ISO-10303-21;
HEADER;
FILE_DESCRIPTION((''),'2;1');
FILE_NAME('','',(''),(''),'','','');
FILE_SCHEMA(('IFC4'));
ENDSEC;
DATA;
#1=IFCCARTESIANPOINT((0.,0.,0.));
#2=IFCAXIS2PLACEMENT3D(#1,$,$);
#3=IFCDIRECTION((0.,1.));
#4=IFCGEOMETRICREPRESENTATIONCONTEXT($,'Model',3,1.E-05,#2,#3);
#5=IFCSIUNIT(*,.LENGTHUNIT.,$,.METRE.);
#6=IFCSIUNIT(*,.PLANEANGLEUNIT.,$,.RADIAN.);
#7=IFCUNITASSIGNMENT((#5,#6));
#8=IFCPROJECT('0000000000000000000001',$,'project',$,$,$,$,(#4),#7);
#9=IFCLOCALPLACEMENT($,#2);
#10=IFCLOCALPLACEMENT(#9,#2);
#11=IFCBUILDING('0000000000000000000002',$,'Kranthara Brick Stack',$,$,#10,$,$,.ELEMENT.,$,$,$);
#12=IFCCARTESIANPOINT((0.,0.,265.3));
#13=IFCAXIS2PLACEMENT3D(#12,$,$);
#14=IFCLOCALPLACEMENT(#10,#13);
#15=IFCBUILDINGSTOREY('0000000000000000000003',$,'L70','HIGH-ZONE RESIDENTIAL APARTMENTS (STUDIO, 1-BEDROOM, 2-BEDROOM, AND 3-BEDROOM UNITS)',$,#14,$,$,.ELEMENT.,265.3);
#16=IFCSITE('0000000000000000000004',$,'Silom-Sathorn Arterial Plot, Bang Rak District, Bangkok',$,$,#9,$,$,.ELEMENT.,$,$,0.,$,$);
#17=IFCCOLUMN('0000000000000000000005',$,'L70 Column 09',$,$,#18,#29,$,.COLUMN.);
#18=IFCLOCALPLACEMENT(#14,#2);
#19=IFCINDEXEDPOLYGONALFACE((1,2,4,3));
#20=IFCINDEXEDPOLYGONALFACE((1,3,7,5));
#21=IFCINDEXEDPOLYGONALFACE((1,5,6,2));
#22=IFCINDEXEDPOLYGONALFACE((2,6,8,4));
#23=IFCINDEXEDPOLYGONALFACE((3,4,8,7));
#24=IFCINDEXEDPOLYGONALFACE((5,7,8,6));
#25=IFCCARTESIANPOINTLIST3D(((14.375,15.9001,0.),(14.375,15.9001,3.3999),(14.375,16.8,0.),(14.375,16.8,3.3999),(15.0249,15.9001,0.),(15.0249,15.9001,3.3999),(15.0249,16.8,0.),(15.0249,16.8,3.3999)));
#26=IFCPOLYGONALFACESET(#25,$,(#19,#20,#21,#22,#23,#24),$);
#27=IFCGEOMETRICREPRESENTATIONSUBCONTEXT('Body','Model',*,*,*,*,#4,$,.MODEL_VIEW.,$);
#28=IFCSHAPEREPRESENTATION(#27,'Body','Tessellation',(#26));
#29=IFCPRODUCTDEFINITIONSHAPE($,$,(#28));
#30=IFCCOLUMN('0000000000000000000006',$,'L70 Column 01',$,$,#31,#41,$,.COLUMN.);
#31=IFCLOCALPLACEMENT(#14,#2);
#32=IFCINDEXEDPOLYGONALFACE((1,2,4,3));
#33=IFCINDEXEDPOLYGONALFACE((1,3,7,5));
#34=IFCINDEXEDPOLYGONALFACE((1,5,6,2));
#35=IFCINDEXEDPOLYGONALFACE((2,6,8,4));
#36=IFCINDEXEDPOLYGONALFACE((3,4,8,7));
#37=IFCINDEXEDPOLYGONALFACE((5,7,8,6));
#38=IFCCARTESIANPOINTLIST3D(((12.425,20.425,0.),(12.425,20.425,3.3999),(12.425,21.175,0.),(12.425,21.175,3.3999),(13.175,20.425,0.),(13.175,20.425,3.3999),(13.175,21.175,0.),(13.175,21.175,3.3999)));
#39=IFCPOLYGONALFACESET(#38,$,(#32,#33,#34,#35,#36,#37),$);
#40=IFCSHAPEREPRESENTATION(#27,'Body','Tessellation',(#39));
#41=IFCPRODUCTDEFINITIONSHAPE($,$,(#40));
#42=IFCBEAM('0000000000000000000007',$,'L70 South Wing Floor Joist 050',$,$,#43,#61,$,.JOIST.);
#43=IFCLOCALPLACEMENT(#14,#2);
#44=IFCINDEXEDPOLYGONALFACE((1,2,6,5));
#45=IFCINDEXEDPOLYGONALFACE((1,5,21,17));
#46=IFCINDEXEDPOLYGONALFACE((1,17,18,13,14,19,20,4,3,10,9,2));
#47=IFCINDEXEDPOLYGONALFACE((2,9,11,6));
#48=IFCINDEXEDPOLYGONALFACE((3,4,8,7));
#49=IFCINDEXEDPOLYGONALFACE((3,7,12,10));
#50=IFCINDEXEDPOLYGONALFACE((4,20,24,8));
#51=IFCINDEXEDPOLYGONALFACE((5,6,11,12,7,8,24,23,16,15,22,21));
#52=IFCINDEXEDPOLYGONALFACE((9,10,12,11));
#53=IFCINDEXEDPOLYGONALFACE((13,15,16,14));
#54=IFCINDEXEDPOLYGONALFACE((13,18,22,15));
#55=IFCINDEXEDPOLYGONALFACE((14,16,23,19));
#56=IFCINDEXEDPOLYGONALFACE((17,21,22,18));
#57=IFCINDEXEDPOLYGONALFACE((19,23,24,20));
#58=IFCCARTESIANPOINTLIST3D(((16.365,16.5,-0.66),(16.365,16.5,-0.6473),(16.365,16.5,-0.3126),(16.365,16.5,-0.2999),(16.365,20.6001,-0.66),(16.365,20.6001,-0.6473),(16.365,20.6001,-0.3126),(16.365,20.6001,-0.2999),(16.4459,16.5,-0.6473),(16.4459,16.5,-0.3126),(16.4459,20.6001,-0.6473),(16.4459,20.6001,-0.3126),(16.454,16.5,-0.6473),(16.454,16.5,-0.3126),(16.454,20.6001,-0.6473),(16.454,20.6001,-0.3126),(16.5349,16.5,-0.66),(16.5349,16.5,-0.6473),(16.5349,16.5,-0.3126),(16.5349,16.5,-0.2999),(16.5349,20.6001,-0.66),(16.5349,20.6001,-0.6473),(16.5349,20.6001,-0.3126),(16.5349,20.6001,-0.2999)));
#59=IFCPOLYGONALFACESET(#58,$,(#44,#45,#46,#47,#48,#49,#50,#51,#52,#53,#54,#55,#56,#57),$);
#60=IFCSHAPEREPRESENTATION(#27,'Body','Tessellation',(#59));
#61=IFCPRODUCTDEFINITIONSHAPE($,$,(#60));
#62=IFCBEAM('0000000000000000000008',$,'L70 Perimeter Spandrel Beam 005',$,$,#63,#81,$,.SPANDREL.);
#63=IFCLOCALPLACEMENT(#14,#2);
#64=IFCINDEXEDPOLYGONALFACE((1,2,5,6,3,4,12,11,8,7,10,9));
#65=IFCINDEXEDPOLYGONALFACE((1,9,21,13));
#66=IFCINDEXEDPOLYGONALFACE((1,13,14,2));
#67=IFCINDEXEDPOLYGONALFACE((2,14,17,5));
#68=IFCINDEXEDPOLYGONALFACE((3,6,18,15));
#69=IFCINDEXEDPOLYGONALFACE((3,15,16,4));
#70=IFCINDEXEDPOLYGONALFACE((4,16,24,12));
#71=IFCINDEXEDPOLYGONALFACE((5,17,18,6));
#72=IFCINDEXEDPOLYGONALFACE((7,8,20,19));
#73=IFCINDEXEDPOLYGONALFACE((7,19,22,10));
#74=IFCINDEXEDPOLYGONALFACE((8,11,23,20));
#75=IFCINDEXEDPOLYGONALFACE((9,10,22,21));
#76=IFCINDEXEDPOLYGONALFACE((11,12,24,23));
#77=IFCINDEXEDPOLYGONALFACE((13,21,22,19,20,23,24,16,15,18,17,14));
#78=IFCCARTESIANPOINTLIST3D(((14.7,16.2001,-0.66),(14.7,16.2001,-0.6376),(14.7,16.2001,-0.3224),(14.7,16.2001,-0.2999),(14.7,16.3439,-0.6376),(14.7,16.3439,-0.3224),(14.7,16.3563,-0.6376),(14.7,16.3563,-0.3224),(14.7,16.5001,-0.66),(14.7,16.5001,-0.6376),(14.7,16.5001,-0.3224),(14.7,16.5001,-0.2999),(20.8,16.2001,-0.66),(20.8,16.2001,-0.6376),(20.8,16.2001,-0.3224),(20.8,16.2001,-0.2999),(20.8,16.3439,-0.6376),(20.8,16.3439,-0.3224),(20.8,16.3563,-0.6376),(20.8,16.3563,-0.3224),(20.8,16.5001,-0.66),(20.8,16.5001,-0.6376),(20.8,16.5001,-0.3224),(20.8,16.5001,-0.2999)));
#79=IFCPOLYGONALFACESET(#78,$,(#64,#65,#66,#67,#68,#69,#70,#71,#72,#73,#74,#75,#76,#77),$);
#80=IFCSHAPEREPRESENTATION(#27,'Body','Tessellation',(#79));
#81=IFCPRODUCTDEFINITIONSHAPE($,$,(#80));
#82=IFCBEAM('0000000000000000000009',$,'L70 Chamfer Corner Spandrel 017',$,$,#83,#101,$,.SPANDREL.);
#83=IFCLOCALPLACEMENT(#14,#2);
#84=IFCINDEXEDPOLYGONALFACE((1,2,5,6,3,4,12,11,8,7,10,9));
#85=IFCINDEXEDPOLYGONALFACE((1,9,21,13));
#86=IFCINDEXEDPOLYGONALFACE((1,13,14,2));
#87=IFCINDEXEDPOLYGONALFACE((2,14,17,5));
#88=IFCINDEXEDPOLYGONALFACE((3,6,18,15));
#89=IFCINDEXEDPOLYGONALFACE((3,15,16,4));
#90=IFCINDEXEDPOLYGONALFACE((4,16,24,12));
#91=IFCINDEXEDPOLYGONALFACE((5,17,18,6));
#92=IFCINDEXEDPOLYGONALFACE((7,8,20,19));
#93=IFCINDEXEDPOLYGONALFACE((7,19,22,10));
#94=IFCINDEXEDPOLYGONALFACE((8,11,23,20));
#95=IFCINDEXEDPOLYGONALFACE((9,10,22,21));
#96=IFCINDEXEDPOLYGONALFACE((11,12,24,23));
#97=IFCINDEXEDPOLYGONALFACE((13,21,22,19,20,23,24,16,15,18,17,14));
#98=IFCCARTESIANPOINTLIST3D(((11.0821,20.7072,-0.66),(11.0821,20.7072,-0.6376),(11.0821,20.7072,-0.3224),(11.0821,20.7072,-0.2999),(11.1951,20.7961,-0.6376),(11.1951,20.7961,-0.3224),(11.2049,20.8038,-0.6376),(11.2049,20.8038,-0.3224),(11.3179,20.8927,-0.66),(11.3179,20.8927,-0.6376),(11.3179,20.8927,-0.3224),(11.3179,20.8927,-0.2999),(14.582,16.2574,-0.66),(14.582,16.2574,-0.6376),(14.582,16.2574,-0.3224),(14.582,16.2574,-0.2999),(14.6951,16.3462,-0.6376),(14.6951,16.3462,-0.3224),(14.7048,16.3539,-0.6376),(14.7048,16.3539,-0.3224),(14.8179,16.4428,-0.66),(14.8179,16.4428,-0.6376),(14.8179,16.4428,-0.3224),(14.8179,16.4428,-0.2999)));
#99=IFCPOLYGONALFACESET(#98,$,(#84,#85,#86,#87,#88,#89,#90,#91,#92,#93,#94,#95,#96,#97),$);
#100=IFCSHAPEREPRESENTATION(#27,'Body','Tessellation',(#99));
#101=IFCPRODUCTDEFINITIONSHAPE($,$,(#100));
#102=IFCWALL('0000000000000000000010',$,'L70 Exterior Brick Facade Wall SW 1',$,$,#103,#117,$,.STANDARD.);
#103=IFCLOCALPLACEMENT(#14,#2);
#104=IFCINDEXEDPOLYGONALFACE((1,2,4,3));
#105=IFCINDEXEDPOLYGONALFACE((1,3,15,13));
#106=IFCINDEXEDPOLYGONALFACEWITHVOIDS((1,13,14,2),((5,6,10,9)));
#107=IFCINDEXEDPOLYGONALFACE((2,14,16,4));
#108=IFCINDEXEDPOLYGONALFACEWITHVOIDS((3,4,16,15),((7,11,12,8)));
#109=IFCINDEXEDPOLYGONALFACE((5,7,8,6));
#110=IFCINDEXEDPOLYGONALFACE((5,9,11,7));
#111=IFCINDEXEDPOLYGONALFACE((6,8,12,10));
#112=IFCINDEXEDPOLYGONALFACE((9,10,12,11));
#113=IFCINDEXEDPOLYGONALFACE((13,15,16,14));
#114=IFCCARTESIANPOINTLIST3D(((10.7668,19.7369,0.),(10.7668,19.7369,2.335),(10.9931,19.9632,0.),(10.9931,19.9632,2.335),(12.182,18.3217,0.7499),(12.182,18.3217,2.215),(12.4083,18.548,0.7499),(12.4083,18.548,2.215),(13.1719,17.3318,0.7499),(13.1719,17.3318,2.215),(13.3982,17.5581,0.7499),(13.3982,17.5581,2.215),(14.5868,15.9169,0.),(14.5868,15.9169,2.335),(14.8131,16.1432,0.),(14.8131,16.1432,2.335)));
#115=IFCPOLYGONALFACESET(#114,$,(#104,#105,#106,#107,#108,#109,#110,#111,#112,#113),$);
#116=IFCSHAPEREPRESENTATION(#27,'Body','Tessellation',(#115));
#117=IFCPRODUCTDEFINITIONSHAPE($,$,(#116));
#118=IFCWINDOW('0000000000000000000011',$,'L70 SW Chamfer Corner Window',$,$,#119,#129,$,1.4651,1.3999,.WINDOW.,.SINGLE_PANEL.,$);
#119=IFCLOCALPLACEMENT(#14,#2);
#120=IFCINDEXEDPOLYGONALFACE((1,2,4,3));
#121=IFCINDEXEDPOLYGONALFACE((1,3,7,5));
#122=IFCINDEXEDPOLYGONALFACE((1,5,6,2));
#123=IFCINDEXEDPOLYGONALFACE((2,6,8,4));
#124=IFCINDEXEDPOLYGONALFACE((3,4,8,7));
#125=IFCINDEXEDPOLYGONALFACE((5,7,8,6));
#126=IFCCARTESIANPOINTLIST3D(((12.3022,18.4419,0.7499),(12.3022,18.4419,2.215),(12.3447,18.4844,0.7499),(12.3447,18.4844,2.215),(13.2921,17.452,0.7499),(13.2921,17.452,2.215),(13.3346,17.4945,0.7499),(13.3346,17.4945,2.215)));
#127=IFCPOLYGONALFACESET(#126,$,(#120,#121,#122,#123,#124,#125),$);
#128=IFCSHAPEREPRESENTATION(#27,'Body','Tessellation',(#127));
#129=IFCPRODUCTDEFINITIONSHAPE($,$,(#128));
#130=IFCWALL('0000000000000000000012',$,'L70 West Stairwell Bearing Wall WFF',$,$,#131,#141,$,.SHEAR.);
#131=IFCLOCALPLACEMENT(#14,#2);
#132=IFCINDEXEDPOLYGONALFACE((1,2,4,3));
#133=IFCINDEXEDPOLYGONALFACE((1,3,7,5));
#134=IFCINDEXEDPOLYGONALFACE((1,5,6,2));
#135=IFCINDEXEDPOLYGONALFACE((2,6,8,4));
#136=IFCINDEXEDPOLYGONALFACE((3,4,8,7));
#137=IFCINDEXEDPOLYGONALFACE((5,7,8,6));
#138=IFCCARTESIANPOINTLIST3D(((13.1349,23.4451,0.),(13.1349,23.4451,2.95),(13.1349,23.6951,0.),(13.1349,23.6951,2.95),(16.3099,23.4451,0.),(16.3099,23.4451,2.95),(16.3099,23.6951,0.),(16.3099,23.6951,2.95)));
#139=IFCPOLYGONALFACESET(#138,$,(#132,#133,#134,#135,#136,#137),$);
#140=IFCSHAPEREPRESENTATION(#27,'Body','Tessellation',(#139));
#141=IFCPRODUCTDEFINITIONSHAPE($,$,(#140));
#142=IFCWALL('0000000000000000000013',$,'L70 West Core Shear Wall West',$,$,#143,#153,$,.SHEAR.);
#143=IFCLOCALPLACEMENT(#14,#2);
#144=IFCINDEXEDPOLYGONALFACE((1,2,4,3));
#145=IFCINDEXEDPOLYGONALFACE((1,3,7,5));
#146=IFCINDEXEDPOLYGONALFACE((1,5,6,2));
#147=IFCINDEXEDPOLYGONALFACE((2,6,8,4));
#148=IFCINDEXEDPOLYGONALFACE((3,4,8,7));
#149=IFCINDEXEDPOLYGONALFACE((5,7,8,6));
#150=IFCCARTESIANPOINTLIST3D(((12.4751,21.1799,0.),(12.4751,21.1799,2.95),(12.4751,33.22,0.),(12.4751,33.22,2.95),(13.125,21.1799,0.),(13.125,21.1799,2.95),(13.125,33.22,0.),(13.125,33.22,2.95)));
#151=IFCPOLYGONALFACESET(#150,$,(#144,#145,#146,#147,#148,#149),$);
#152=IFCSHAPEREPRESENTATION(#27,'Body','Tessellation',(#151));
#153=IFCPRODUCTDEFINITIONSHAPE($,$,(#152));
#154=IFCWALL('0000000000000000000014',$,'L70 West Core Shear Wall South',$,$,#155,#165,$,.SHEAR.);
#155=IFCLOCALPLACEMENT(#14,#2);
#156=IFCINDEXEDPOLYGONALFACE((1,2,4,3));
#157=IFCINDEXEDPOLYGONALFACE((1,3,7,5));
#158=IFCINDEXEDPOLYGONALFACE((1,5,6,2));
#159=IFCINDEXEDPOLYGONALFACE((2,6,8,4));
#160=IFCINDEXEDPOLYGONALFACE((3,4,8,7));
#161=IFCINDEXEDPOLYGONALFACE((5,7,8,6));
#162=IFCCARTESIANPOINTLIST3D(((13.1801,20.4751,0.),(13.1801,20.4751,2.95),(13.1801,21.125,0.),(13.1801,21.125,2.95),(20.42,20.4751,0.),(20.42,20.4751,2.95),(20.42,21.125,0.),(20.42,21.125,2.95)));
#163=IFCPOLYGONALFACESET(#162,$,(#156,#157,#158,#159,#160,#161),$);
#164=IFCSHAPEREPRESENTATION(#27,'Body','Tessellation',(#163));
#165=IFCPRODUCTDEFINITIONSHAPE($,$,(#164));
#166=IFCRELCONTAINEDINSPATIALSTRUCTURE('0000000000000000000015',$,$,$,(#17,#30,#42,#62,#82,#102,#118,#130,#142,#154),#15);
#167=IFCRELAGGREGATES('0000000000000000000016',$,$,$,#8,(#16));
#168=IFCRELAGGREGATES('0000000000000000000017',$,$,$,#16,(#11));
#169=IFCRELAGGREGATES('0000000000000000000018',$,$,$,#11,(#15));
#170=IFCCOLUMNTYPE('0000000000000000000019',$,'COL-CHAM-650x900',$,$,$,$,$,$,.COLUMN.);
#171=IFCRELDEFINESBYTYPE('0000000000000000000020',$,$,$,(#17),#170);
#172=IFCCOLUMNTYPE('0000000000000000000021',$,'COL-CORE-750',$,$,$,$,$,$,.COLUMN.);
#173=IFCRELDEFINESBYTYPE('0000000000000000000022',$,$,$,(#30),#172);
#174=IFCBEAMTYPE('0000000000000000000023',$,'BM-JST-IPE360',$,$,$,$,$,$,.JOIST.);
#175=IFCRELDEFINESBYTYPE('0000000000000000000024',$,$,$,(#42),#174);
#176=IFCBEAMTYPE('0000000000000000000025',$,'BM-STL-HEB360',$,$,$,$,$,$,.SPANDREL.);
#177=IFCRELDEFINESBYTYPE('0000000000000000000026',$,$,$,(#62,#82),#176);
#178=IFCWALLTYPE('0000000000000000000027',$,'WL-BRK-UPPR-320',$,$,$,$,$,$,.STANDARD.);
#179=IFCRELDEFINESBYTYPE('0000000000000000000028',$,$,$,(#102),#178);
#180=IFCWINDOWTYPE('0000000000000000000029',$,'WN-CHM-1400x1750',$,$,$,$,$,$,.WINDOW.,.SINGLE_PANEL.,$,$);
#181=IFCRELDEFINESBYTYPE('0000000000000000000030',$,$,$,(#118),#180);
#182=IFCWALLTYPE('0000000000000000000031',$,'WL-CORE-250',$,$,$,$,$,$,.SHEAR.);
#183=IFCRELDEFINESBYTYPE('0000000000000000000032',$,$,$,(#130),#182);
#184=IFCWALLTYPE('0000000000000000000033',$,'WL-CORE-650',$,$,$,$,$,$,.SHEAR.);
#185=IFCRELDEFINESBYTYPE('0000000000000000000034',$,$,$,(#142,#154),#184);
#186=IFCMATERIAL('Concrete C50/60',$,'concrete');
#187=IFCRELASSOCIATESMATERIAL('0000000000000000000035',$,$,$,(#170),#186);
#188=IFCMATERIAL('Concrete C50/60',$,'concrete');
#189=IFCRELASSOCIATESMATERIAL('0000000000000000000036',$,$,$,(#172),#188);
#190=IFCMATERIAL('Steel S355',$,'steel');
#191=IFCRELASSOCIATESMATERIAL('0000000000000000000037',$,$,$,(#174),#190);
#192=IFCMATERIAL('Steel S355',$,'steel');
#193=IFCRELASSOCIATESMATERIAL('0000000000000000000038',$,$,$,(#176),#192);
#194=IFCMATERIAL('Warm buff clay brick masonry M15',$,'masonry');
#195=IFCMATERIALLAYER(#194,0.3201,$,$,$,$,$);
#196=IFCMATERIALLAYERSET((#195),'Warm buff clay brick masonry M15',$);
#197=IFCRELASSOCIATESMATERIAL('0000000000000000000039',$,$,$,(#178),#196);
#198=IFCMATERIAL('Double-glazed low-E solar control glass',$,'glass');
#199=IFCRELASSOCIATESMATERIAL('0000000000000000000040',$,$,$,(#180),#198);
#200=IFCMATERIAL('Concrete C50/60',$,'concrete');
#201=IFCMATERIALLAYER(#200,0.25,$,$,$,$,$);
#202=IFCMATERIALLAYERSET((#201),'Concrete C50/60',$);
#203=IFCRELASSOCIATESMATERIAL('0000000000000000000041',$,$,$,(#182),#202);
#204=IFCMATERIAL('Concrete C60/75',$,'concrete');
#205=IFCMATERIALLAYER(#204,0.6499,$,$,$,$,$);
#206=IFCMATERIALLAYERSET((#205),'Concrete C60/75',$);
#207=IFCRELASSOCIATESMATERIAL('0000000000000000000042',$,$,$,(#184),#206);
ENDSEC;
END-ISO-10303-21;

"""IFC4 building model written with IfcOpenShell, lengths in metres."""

from ifc_helpers import new_model, si_unit, direction, frame, frame_2d, origin, origin_2d, place, context, subcontext, project, spatial, rectangle, i_section, extrude, material, layer, layer_set, material_profile, profile_set, type_object, element, fill, save


model = new_model("IFC4")

# Units and contexts
model_context = context("Model", 3, precision=1e-05, world=origin(), true_north=direction((0.0, 1.0)))
body_context = subcontext(model_context, "Body", "Model", "MODEL_VIEW")
ifc_project = project(units=[si_unit("LENGTHUNIT", "METRE"), si_unit("PLANEANGLEUNIT", "RADIAN")], contexts=[model_context])

# Site, building, storey
site_placement = place(None, origin())
site = spatial("IfcSite", under=ifc_project, at=site_placement, Name="Silom-Sathorn Arterial Plot, Bang Rak District, Bangkok", CompositionType="ELEMENT", RefElevation=0.0)
building_placement = place(site_placement, origin())
building = spatial("IfcBuilding", under=site, at=building_placement, Name="Kranthara Brick Stack", CompositionType="ELEMENT")
storey_placement = place(building_placement, frame((0.0, 0.0, 265.3)))
storey = spatial("IfcBuildingStorey", under=building, at=storey_placement, Name="L70", Description="HIGH-ZONE RESIDENTIAL APARTMENTS (STUDIO, 1-BEDROOM, 2-BEDROOM, AND 3-BEDROOM UNITS)", CompositionType="ELEMENT", Elevation=265.3)

# Columns
ifc_material_1 = material(Name="Concrete C50/60", Category="concrete")
ifc_material_profile_1 = material_profile(ifc_material_1, rectangle(XDim=0.6499, YDim=0.8999, at=origin_2d()), Name="RC 650x900")
ifc_profile_set_1 = profile_set([ifc_material_profile_1], Name="Concrete C50/60")
column_type_1 = type_object("IfcColumnType", Name="COL-CHAM-650x900", PredefinedType="COLUMN", material=ifc_profile_set_1)
column_1_placement = place(storey_placement, frame((14.7, 16.3501, 0.0), z_axis=(0.0, 0.0, 1.0), x_axis=(1.0, 0.0, 0.0)))
element("IfcColumn", 1, at=column_1_placement, inside=storey, type_object=column_type_1, Name="L70 Column 09", PredefinedType="COLUMN", context=body_context, shape_type="SweptSolid", body=[
    extrude(rectangle(XDim=0.6499, YDim=0.8999, at=origin_2d()), origin(), (0.0, 0.0, 1.0), 3.3999),
])
ifc_material_2 = material(Name="Concrete C50/60", Category="concrete")
ifc_material_profile_2 = material_profile(ifc_material_2, rectangle(XDim=0.75, YDim=0.75, at=origin_2d()), Name="RC 750x750")
ifc_profile_set_2 = profile_set([ifc_material_profile_2], Name="Concrete C50/60")
column_type_2 = type_object("IfcColumnType", Name="COL-CORE-750", PredefinedType="COLUMN", material=ifc_profile_set_2)
column_2_placement = place(storey_placement, frame((12.8, 20.8, 0.0), z_axis=(0.0, 0.0, 1.0), x_axis=(1.0, 0.0, 0.0)))
element("IfcColumn", 2, at=column_2_placement, inside=storey, type_object=column_type_2, Name="L70 Column 01", PredefinedType="COLUMN", context=body_context, shape_type="SweptSolid", body=[
    extrude(rectangle(XDim=0.75, YDim=0.75, at=origin_2d()), origin(), (0.0, 0.0, 1.0), 3.3999),
])

# Beams
ifc_material_3 = material(Name="Steel S355", Category="steel")
ifc_material_profile_3 = material_profile(ifc_material_3, i_section(OverallWidth=0.1699, OverallDepth=0.3601, WebThickness=0.0081, FlangeThickness=0.0127, at=origin_2d()), Name="IPE 360")
ifc_profile_set_3 = profile_set([ifc_material_profile_3], Name="Steel S355")
beam_type_1 = type_object("IfcBeamType", Name="BM-JST-IPE360", PredefinedType="JOIST", material=ifc_profile_set_3)
beam_1_placement = place(storey_placement, frame((16.45, 16.5, -0.48), z_axis=(0.0, 1.0, 0.0), x_axis=(-1.0, 0.0, 0.0)))
element("IfcBeam", 3, at=beam_1_placement, inside=storey, type_object=beam_type_1, Name="L70 South Wing Floor Joist 050", PredefinedType="JOIST", context=body_context, shape_type="SweptSolid", body=[
    extrude(i_section(OverallWidth=0.1699, OverallDepth=0.3601, WebThickness=0.0081, FlangeThickness=0.0127, at=origin_2d()), origin(), (0.0, 0.0, 1.0), 4.1001),
])
ifc_material_4 = material(Name="Steel S355", Category="steel")
ifc_material_profile_4 = material_profile(ifc_material_4, i_section(OverallWidth=0.3, OverallDepth=0.3601, WebThickness=0.0125, FlangeThickness=0.0225, at=origin_2d()), Name="HEB 360")
ifc_profile_set_4 = profile_set([ifc_material_profile_4], Name="Steel S355")
beam_type_2 = type_object("IfcBeamType", Name="BM-STL-HEB360", PredefinedType="SPANDREL", material=ifc_profile_set_4)
beam_2_placement = place(storey_placement, frame((14.7, 16.3501, -0.48), z_axis=(1.0, 0.0, 0.0), x_axis=(0.0, 1.0, 0.0)))
element("IfcBeam", 4, at=beam_2_placement, inside=storey, type_object=beam_type_2, Name="L70 Perimeter Spandrel Beam 005", PredefinedType="SPANDREL", context=body_context, shape_type="SweptSolid", body=[
    extrude(i_section(OverallWidth=0.3, OverallDepth=0.3601, WebThickness=0.0125, FlangeThickness=0.0225, at=origin_2d()), origin(), (0.0, 0.0, 1.0), 6.1001),
])
beam_3_placement = place(storey_placement, frame((14.7, 16.3501, -0.48), z_axis=(-0.618216, 0.786008, 0.0), x_axis=(-0.786008, -0.618216, 0.0)))
element("IfcBeam", 5, at=beam_3_placement, inside=storey, type_object=beam_type_2, Name="L70 Chamfer Corner Spandrel 017", PredefinedType="SPANDREL", context=body_context, shape_type="SweptSolid", body=[
    extrude(i_section(OverallWidth=0.3, OverallDepth=0.3601, WebThickness=0.0125, FlangeThickness=0.0225, at=origin_2d()), origin(), (0.0, 0.0, 1.0), 5.6614),
])

# Wall, opening, window
ifc_material_5 = material(Name="Warm buff clay brick masonry M15", Category="masonry")
ifc_layer_1 = layer(ifc_material_5, 0.3201)
ifc_layer_set_1 = layer_set([ifc_layer_1], Name="Warm buff clay brick masonry M15")
wall_type_1 = type_object("IfcWallType", Name="WL-BRK-UPPR-320", PredefinedType="STANDARD", material=ifc_layer_set_1)
wall_1_placement = place(storey_placement, frame((14.7, 16.03, 0.0), z_axis=(0.0, 0.0, 1.0), x_axis=(-0.707107, 0.707107, 0.0)))
wall_1 = element("IfcWall", 6, at=wall_1_placement, inside=storey, type_object=wall_type_1, Name="L70 Exterior Brick Facade Wall SW 1", PredefinedType="STANDARD", context=body_context, shape_type="SweptSolid", body=[
    extrude(rectangle(XDim=5.4023, YDim=0.3201, at=frame_2d((2.7012, 0.0))), origin(), (0.0, 0.0, 1.0), 2.335),
])
opening_1_placement = place(wall_1_placement, frame((2.001, 0.0, 0.75)))
opening_1 = element("IfcOpeningElement", 7, at=opening_1_placement, cuts=wall_1, PredefinedType="OPENING", context=body_context, shape_type="SweptSolid", body=[
    extrude(rectangle(XDim=1.3999, YDim=1.4651, at=frame_2d((0.7, 0.7324))), frame((0.0, 0.1699, 0.0), z_axis=(0.0, -1.0, 0.0), x_axis=(1.0, 0.0, 0.0)), (0.0, 0.0, 1.0), 0.3401),
])
ifc_material_6 = material(Name="Double-glazed low-E solar control glass", Category="glass")
window_type = type_object("IfcWindowType", Name="WN-CHM-1400x1750", PartitioningType="SINGLE_PANEL", PredefinedType="WINDOW", material=ifc_material_6)
window_placement = place(opening_1_placement, origin())
window = element("IfcWindow", 8, at=window_placement, inside=storey, type_object=window_type, Name="L70 SW Chamfer Corner Window", OverallHeight=1.4651, OverallWidth=1.3999, PartitioningType="SINGLE_PANEL", PredefinedType="WINDOW", context=body_context, shape_type="SweptSolid", body=[
    extrude(rectangle(XDim=1.3999, YDim=1.4651, at=frame_2d((0.7, 0.7324))), frame((0.0, -0.01, 0.0), z_axis=(0.0, -1.0, 0.0), x_axis=(1.0, 0.0, 0.0)), (0.0, 0.0, 1.0), 0.0601),
])
fill(opening_1, window)

# Shared definitions
ifc_material_7 = material(Name="Concrete C50/60", Category="concrete")
ifc_layer_2 = layer(ifc_material_7, 0.25)
ifc_layer_set_2 = layer_set([ifc_layer_2], Name="Concrete C50/60")
wall_type_2 = type_object("IfcWallType", Name="WL-CORE-250", PredefinedType="SHEAR", material=ifc_layer_set_2)

# Walls
wall_2_placement = place(storey_placement, frame((13.135, 23.5701, 0.0), z_axis=(0.0, 0.0, 1.0), x_axis=(1.0, 0.0, 0.0)))
element("IfcWall", 9, at=wall_2_placement, inside=storey, type_object=wall_type_2, Name="L70 West Stairwell Bearing Wall WFF", PredefinedType="SHEAR", context=body_context, shape_type="SweptSolid", body=[
    extrude(rectangle(XDim=3.175, YDim=0.25, at=frame_2d((1.5874, 0.0))), origin(), (0.0, 0.0, 1.0), 2.95),
])
ifc_material_8 = material(Name="Concrete C60/75", Category="concrete")
ifc_layer_3 = layer(ifc_material_8, 0.6499)
ifc_layer_set_3 = layer_set([ifc_layer_3], Name="Concrete C60/75")
wall_type_3 = type_object("IfcWallType", Name="WL-CORE-650", PredefinedType="SHEAR", material=ifc_layer_set_3)
wall_3_placement = place(storey_placement, frame((12.8, 21.1799, 0.0), z_axis=(0.0, 0.0, 1.0), x_axis=(0.0, 1.0, 0.0)))
element("IfcWall", 10, at=wall_3_placement, inside=storey, type_object=wall_type_3, Name="L70 West Core Shear Wall West", PredefinedType="SHEAR", context=body_context, shape_type="SweptSolid", body=[
    extrude(rectangle(XDim=12.04, YDim=0.6499, at=frame_2d((6.02, 0.0))), origin(), (0.0, 0.0, 1.0), 2.95),
])
wall_4_placement = place(storey_placement, frame((13.1799, 20.8, 0.0), z_axis=(0.0, 0.0, 1.0), x_axis=(1.0, 0.0, 0.0)))
element("IfcWall", 11, at=wall_4_placement, inside=storey, type_object=wall_type_3, Name="L70 West Core Shear Wall South", PredefinedType="SHEAR", context=body_context, shape_type="SweptSolid", body=[
    extrude(rectangle(XDim=7.24, YDim=0.6499, at=frame_2d((3.6201, 0.0))), origin(), (0.0, 0.0, 1.0), 2.95),
])

save(model, "model.ifc")
